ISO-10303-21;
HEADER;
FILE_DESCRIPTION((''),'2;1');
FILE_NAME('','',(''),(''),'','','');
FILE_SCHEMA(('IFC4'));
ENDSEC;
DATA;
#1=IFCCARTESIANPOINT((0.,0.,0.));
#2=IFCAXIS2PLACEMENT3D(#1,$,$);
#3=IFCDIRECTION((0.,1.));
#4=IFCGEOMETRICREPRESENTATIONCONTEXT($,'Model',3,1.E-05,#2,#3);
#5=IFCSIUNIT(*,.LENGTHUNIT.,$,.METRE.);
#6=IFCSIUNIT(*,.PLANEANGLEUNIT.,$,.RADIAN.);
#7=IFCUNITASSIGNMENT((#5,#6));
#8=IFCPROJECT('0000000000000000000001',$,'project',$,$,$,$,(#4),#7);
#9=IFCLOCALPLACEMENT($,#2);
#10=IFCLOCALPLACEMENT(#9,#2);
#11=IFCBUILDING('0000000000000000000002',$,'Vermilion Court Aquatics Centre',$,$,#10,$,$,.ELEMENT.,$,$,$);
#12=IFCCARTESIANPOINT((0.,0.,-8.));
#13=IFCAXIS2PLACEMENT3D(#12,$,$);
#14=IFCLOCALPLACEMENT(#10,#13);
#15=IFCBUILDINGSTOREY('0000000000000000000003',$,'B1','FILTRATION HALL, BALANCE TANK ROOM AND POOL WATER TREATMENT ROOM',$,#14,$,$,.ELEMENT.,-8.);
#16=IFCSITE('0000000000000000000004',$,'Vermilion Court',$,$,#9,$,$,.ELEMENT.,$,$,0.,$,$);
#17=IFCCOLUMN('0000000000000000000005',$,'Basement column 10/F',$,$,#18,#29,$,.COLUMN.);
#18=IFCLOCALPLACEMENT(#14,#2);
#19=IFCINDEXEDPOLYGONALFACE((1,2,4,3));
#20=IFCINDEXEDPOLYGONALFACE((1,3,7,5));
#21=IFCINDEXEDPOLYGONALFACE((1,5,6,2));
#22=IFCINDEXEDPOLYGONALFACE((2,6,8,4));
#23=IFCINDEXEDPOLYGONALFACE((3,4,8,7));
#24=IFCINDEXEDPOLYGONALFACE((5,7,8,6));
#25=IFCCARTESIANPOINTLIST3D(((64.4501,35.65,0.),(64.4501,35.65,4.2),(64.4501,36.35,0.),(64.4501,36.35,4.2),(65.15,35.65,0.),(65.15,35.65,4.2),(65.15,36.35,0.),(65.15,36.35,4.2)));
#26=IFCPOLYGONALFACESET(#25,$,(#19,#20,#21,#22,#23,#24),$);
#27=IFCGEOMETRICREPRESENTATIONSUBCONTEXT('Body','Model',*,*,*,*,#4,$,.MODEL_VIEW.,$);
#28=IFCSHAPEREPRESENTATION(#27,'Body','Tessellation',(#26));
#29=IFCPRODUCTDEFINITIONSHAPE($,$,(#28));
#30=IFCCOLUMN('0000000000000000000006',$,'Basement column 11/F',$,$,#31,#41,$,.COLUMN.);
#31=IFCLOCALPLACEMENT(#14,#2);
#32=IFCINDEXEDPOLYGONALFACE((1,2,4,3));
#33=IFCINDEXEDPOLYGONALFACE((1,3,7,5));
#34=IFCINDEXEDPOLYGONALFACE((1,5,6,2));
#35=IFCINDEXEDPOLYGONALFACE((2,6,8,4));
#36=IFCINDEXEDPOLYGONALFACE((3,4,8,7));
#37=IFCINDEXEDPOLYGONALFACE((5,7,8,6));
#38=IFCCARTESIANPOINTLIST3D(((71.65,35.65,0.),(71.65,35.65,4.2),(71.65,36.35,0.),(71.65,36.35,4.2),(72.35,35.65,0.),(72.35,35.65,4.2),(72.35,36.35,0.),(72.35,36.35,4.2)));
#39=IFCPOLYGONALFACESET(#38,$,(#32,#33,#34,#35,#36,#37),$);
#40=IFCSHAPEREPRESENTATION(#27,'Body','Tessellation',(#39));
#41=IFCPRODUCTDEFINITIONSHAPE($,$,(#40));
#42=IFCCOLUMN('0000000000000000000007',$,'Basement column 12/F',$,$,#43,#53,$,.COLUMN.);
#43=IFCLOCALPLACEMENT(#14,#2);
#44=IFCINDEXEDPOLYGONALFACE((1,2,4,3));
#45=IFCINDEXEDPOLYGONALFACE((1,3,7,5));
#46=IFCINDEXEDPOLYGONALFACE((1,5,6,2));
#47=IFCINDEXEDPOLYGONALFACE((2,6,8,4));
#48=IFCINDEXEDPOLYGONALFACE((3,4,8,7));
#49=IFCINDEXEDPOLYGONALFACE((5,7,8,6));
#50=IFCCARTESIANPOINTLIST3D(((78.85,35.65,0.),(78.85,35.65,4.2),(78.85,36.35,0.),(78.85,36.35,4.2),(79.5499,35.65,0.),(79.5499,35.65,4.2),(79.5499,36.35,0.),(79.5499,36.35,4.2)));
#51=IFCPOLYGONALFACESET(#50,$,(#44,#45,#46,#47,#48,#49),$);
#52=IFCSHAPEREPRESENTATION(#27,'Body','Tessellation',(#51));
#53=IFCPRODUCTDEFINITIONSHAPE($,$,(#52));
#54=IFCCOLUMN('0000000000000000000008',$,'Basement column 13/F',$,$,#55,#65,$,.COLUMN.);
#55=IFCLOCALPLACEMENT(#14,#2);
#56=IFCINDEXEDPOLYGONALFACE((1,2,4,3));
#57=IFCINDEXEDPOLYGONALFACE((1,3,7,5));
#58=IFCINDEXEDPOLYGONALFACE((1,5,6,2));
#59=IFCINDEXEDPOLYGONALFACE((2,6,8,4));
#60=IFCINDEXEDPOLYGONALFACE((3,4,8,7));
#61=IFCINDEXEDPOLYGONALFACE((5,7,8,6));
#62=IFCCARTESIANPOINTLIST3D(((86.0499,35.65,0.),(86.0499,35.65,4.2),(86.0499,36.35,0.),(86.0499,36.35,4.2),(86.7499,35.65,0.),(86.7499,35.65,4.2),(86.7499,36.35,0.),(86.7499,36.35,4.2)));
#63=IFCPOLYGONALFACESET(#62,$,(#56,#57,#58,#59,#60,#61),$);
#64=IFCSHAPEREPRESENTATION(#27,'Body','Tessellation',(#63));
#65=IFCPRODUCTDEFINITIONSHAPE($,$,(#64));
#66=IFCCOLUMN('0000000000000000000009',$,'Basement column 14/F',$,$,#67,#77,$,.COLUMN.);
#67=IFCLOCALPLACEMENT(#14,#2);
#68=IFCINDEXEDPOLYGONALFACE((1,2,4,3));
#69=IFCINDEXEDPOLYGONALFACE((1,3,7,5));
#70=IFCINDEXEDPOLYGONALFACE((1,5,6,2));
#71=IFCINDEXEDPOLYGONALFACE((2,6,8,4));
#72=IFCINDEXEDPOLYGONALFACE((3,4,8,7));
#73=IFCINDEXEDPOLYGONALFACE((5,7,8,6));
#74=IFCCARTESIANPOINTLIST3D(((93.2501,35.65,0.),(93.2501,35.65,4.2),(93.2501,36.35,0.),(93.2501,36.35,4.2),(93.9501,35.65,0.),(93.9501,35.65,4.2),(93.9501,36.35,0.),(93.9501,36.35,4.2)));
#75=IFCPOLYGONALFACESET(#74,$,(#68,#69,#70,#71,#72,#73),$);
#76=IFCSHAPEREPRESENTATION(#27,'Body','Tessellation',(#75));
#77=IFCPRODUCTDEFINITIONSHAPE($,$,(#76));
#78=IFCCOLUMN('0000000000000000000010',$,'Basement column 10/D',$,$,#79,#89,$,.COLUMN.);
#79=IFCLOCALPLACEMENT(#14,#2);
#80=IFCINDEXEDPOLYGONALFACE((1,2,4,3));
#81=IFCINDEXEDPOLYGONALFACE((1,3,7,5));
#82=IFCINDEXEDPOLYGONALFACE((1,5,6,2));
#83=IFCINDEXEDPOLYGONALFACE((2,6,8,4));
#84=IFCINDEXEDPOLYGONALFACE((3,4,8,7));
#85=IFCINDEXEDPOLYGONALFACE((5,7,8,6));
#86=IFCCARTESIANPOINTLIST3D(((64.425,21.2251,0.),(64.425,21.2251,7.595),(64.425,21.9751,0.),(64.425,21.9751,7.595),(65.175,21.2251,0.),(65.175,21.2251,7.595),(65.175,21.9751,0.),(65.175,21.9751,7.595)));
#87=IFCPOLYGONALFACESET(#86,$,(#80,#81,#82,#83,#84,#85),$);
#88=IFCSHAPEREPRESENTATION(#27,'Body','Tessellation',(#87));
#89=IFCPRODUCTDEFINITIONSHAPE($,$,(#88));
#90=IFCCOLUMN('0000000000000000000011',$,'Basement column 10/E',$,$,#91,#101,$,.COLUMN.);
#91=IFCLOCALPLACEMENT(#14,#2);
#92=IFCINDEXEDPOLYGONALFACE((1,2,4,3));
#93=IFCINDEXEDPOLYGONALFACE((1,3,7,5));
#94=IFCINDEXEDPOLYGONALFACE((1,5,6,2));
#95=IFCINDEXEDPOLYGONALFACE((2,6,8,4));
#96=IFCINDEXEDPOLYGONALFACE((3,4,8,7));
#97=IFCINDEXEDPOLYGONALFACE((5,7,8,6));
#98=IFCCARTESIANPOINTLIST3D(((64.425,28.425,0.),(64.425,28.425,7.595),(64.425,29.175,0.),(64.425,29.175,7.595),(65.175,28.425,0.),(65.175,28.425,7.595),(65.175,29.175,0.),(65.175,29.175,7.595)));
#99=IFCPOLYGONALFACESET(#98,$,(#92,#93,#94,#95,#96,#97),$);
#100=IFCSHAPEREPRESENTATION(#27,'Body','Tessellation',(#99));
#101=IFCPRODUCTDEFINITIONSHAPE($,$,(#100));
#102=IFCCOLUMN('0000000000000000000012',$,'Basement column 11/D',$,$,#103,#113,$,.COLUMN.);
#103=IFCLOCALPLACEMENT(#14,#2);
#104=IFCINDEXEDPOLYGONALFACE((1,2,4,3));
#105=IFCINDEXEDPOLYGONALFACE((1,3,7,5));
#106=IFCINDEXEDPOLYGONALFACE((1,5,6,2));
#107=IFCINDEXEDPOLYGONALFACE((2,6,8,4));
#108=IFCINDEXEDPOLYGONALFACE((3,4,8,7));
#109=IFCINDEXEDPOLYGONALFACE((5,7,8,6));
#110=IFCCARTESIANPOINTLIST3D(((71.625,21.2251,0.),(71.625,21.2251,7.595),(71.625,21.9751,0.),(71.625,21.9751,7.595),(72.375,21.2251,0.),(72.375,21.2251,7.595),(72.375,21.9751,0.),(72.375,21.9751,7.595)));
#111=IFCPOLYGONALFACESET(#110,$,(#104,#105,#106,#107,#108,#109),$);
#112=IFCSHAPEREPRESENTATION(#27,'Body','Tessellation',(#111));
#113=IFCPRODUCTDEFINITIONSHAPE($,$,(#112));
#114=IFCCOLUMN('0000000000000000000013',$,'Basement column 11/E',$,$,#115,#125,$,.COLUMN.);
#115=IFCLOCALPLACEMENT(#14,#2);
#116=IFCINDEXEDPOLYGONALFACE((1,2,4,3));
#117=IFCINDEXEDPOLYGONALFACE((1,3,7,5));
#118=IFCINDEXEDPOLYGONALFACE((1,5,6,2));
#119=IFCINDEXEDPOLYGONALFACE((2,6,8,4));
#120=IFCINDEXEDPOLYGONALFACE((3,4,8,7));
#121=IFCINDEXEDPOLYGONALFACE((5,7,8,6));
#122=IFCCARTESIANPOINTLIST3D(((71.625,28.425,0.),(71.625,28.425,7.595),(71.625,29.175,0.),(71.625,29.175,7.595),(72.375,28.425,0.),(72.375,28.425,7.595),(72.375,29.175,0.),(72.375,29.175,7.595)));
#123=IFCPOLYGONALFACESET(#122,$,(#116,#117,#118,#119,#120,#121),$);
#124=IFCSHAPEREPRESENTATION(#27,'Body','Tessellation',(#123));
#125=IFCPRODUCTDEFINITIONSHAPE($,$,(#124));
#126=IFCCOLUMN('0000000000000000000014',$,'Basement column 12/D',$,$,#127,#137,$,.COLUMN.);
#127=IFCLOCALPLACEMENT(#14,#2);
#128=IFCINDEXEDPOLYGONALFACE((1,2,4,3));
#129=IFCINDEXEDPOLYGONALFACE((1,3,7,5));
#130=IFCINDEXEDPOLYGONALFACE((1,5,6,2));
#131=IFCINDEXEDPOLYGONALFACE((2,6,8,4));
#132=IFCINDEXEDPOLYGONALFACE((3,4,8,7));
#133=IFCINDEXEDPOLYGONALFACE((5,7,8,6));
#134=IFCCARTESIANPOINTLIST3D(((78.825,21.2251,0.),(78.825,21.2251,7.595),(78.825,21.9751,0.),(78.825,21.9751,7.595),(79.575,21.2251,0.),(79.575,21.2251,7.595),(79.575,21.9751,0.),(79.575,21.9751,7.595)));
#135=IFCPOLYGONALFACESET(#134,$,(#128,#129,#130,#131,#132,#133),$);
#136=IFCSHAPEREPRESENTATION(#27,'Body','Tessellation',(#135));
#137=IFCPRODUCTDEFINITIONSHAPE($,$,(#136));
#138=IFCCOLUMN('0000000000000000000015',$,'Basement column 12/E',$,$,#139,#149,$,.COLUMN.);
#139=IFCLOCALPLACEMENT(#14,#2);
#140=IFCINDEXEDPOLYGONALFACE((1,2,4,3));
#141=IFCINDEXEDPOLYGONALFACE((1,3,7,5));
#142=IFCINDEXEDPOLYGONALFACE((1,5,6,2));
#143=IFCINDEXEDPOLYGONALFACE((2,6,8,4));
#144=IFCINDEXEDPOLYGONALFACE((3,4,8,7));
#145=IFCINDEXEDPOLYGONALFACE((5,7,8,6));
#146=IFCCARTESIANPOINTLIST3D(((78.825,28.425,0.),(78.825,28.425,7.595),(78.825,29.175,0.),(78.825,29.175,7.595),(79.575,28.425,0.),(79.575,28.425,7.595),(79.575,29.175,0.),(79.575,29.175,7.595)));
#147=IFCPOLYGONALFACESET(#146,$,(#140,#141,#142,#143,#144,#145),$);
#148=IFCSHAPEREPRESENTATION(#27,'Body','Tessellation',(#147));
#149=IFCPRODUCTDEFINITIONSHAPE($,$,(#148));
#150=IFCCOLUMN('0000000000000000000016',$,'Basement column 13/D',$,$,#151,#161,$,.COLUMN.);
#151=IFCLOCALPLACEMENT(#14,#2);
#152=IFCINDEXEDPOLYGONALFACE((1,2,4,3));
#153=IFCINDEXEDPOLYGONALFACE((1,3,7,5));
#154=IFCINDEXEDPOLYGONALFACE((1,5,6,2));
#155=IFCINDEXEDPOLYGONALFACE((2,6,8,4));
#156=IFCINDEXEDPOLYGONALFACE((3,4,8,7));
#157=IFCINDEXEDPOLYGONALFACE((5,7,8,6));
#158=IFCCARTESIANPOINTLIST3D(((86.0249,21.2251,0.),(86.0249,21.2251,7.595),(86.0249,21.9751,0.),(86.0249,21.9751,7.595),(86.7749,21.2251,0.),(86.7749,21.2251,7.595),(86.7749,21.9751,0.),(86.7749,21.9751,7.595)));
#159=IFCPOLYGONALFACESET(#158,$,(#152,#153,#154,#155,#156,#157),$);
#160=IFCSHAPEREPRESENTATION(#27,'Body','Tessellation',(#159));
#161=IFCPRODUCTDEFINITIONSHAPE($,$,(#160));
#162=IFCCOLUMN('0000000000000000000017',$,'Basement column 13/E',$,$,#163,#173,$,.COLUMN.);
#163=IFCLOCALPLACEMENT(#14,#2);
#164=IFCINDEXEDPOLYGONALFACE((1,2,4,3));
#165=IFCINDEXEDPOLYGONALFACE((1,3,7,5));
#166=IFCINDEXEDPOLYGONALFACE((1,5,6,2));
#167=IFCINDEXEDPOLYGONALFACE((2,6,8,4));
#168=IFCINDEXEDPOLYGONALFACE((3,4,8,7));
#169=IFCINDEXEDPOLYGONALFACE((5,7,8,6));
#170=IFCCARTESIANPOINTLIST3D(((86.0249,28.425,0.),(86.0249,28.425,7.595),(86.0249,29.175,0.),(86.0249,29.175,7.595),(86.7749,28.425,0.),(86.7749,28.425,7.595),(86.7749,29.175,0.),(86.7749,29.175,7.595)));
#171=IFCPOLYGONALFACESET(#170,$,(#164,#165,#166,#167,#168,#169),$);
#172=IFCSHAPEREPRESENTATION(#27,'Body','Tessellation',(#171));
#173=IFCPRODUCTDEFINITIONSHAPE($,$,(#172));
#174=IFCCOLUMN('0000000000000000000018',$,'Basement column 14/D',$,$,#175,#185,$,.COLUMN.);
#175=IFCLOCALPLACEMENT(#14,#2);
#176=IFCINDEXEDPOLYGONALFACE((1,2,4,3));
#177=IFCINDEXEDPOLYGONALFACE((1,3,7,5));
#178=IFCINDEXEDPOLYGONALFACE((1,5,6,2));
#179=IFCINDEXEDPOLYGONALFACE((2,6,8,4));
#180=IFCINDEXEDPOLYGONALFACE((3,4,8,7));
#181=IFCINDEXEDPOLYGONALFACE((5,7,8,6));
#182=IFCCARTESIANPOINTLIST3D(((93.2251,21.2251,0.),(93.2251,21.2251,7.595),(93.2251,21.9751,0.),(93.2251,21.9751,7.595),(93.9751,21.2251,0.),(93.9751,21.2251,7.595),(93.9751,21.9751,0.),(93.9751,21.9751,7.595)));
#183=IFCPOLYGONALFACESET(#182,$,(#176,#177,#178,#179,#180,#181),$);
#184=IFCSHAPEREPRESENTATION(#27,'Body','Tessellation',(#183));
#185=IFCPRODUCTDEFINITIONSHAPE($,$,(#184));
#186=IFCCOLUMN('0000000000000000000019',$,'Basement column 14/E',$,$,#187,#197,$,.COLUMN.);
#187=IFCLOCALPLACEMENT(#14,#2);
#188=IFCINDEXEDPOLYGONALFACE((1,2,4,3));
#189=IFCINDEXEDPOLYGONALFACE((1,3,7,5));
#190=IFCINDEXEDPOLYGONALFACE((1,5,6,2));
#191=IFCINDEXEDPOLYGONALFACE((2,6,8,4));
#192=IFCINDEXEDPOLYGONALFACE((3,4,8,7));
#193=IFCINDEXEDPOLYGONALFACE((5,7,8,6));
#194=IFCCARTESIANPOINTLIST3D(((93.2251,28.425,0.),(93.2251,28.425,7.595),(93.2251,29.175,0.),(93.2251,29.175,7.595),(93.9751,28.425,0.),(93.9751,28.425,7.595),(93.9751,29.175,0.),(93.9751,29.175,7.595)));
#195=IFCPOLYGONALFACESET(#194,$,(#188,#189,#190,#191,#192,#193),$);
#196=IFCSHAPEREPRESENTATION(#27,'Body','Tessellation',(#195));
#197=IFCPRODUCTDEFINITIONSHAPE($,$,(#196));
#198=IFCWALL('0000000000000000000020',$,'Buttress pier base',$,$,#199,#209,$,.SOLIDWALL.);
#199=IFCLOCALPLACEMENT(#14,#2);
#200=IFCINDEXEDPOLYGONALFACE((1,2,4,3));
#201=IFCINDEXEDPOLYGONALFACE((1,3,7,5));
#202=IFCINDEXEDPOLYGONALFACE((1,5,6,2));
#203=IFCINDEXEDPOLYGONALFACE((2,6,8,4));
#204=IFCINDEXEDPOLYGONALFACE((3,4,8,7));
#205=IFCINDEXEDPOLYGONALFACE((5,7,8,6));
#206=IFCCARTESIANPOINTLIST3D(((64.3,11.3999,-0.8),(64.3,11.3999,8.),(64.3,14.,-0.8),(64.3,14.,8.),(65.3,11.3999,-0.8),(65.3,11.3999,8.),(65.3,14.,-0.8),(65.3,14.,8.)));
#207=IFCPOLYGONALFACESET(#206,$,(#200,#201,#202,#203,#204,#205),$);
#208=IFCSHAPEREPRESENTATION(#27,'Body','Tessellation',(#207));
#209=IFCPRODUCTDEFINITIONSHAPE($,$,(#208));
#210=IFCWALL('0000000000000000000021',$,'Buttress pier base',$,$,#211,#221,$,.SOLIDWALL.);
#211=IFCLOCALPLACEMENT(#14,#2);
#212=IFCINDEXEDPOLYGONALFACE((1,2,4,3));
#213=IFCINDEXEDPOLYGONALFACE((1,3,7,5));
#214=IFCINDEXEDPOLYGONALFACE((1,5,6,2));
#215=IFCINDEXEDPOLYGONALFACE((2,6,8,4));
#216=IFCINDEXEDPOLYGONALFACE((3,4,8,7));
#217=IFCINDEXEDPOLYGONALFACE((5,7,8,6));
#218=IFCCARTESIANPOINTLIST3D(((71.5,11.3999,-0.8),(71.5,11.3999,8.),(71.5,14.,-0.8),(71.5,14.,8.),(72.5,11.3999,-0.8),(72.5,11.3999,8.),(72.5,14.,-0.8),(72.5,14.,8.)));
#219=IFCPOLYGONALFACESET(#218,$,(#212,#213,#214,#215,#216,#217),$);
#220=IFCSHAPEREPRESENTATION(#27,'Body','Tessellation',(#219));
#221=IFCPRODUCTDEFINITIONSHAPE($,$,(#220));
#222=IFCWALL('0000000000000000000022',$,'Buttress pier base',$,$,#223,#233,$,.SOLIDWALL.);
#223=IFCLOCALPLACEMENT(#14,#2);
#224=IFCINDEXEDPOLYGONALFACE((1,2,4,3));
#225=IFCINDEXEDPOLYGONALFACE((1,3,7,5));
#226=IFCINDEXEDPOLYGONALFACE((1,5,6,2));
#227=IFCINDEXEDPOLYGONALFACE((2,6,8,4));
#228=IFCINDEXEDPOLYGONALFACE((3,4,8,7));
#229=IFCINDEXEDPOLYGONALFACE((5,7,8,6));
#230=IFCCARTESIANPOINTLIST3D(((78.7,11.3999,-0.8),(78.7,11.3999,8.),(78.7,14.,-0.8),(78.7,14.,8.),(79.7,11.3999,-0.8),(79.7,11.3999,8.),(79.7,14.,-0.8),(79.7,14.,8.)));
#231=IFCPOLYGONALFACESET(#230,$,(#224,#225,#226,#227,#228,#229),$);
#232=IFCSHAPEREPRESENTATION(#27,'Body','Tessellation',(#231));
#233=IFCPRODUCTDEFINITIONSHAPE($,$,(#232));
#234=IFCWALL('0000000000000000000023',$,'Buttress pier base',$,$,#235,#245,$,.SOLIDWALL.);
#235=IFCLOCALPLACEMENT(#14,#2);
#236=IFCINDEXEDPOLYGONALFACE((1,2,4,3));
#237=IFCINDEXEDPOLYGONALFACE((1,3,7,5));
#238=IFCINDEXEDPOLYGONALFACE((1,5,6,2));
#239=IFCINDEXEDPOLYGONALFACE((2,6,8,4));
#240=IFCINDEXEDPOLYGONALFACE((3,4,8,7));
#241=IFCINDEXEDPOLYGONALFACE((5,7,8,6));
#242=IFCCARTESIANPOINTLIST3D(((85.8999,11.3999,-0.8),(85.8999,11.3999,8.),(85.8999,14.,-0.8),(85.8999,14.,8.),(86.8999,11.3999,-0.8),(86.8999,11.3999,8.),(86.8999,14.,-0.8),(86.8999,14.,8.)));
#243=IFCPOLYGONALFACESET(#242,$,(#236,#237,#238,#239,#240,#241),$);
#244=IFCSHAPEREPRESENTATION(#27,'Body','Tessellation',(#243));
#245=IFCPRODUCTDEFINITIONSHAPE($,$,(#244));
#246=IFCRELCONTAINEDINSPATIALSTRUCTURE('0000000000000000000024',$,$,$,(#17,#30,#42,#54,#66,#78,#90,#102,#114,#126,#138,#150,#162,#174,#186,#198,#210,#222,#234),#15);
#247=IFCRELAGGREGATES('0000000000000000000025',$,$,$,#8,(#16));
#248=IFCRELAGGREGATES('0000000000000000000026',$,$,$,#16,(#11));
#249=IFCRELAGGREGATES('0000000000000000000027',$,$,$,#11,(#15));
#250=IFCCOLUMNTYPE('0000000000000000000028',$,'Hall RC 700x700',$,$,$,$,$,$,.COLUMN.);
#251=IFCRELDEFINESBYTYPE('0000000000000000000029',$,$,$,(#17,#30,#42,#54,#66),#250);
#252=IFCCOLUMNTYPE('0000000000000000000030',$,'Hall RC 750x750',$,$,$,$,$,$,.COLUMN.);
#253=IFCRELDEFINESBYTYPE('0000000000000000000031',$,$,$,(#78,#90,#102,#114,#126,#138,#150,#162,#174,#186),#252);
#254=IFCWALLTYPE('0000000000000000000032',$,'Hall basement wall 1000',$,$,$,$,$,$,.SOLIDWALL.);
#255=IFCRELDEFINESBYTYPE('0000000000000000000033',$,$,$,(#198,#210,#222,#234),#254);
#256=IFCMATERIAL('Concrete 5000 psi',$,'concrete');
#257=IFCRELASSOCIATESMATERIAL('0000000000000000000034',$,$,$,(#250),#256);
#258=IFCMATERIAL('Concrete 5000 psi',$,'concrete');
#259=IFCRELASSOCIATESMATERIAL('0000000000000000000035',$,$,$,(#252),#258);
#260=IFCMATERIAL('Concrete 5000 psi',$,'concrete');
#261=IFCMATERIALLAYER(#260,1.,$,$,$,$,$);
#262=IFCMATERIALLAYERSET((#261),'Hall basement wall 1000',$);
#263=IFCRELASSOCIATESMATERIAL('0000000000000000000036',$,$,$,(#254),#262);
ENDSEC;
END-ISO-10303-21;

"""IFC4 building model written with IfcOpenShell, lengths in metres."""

from ifc_helpers import new_model, si_unit, direction, frame, frame_2d, origin, origin_2d, place, context, subcontext, project, spatial, rectangle, extrude, material, layer, layer_set, material_profile, profile_set, type_object, element, save


model = new_model("IFC4")

# Units and contexts
model_context = context("Model", 3, precision=1e-05, world=origin(), true_north=direction((0.0, 1.0)))
body_context = subcontext(model_context, "Body", "Model", "MODEL_VIEW")
ifc_project = project(units=[si_unit("LENGTHUNIT", "METRE"), si_unit("PLANEANGLEUNIT", "RADIAN")], contexts=[model_context])

# Site, building, storey
site_placement = place(None, origin())
site = spatial("IfcSite", under=ifc_project, at=site_placement, Name="Vermilion Court", CompositionType="ELEMENT", RefElevation=0.0)
building_placement = place(site_placement, origin())
building = spatial("IfcBuilding", under=site, at=building_placement, Name="Vermilion Court Aquatics Centre", CompositionType="ELEMENT")
storey_placement = place(building_placement, frame((0.0, 0.0, -8.0)))
storey = spatial("IfcBuildingStorey", under=building, at=storey_placement, Name="B1", Description="FILTRATION HALL, BALANCE TANK ROOM AND POOL WATER TREATMENT ROOM", CompositionType="ELEMENT", Elevation=-8.0)

# Columns
ifc_material_1 = material(Name="Concrete 5000 psi", Category="concrete")
ifc_material_profile_1 = material_profile(ifc_material_1, rectangle(XDim=0.7, YDim=0.7, at=origin_2d()), Name="RC 700x700")
ifc_profile_set_1 = profile_set([ifc_material_profile_1], Name="Concrete 5000 psi")
column_type_1 = type_object("IfcColumnType", Name="Hall RC 700x700", PredefinedType="COLUMN", material=ifc_profile_set_1)
for number, where, z_axis, x_axis, name in (
    (1, (64.8, 36.0, 0.0), (0.0, 0.0, 1.0), (1.0, 0.0, 0.0), "Basement column 10/F"),
    (2, (72.0, 36.0, 0.0), (0.0, 0.0, 1.0), (1.0, 0.0, 0.0), "Basement column 11/F"),
    (3, (79.2, 36.0, 0.0), (0.0, 0.0, 1.0), (1.0, 0.0, 0.0), "Basement column 12/F"),
    (4, (86.3999, 36.0, 0.0), (0.0, 0.0, 1.0), (1.0, 0.0, 0.0), "Basement column 13/F"),
    (5, (93.6001, 36.0, 0.0), (0.0, 0.0, 1.0), (1.0, 0.0, 0.0), "Basement column 14/F"),
):
    element("IfcColumn", number, at=place(storey_placement, frame(where, z_axis=z_axis, x_axis=x_axis)), inside=storey, type_object=column_type_1, Name=name, PredefinedType="COLUMN", context=body_context, shape_type="SweptSolid", body=[
        extrude(rectangle(XDim=0.7, YDim=0.7, at=origin_2d()), origin(), (0.0, 0.0, 1.0), 4.2),
    ])
ifc_material_2 = material(Name="Concrete 5000 psi", Category="concrete")
ifc_material_profile_2 = material_profile(ifc_material_2, rectangle(XDim=0.75, YDim=0.75, at=origin_2d()), Name="RC 750x750")
ifc_profile_set_2 = profile_set([ifc_material_profile_2], Name="Concrete 5000 psi")
column_type_2 = type_object("IfcColumnType", Name="Hall RC 750x750", PredefinedType="COLUMN", material=ifc_profile_set_2)
for number, where, z_axis, x_axis, name in (
    (6, (64.8, 21.6001, 0.0), (0.0, 0.0, 1.0), (1.0, 0.0, 0.0), "Basement column 10/D"),
    (7, (64.8, 28.8, 0.0), (0.0, 0.0, 1.0), (1.0, 0.0, 0.0), "Basement column 10/E"),
    (8, (72.0, 21.6001, 0.0), (0.0, 0.0, 1.0), (1.0, 0.0, 0.0), "Basement column 11/D"),
    (9, (72.0, 28.8, 0.0), (0.0, 0.0, 1.0), (1.0, 0.0, 0.0), "Basement column 11/E"),
    (10, (79.2, 21.6001, 0.0), (0.0, 0.0, 1.0), (1.0, 0.0, 0.0), "Basement column 12/D"),
    (11, (79.2, 28.8, 0.0), (0.0, 0.0, 1.0), (1.0, 0.0, 0.0), "Basement column 12/E"),
    (12, (86.3999, 21.6001, 0.0), (0.0, 0.0, 1.0), (1.0, 0.0, 0.0), "Basement column 13/D"),
    (13, (86.3999, 28.8, 0.0), (0.0, 0.0, 1.0), (1.0, 0.0, 0.0), "Basement column 13/E"),
    (14, (93.6001, 21.6001, 0.0), (0.0, 0.0, 1.0), (1.0, 0.0, 0.0), "Basement column 14/D"),
    (15, (93.6001, 28.8, 0.0), (0.0, 0.0, 1.0), (1.0, 0.0, 0.0), "Basement column 14/E"),
):
    element("IfcColumn", number, at=place(storey_placement, frame(where, z_axis=z_axis, x_axis=x_axis)), inside=storey, type_object=column_type_2, Name=name, PredefinedType="COLUMN", context=body_context, shape_type="SweptSolid", body=[
        extrude(rectangle(XDim=0.75, YDim=0.75, at=origin_2d()), origin(), (0.0, 0.0, 1.0), 7.595),
    ])

# Walls
ifc_material_3 = material(Name="Concrete 5000 psi", Category="concrete")
ifc_layer_1 = layer(ifc_material_3, 1.0)
ifc_layer_set_1 = layer_set([ifc_layer_1], Name="Hall basement wall 1000")
wall_type_1 = type_object("IfcWallType", Name="Hall basement wall 1000", PredefinedType="SOLIDWALL", material=ifc_layer_set_1)
for number, where, z_axis, x_axis, name in (
    (16, (64.8, 11.3999, -0.8), (0.0, 0.0, 1.0), (0.0, 1.0, 0.0), "Buttress pier base"),
    (17, (72.0, 11.3999, -0.8), (0.0, 0.0, 1.0), (0.0, 1.0, 0.0), "Buttress pier base"),
    (18, (79.2, 11.3999, -0.8), (0.0, 0.0, 1.0), (0.0, 1.0, 0.0), "Buttress pier base"),
    (19, (86.3999, 11.3999, -0.8), (0.0, 0.0, 1.0), (0.0, 1.0, 0.0), "Buttress pier base"),
):
    element("IfcWall", number, at=place(storey_placement, frame(where, z_axis=z_axis, x_axis=x_axis)), inside=storey, type_object=wall_type_1, Name=name, PredefinedType="SOLIDWALL", context=body_context, shape_type="SweptSolid", body=[
        extrude(rectangle(XDim=2.6001, YDim=1.0, at=frame_2d((1.3, 0.0))), origin(), (0.0, 0.0, 1.0), 8.8),
    ])

save(model, "model.ifc")
